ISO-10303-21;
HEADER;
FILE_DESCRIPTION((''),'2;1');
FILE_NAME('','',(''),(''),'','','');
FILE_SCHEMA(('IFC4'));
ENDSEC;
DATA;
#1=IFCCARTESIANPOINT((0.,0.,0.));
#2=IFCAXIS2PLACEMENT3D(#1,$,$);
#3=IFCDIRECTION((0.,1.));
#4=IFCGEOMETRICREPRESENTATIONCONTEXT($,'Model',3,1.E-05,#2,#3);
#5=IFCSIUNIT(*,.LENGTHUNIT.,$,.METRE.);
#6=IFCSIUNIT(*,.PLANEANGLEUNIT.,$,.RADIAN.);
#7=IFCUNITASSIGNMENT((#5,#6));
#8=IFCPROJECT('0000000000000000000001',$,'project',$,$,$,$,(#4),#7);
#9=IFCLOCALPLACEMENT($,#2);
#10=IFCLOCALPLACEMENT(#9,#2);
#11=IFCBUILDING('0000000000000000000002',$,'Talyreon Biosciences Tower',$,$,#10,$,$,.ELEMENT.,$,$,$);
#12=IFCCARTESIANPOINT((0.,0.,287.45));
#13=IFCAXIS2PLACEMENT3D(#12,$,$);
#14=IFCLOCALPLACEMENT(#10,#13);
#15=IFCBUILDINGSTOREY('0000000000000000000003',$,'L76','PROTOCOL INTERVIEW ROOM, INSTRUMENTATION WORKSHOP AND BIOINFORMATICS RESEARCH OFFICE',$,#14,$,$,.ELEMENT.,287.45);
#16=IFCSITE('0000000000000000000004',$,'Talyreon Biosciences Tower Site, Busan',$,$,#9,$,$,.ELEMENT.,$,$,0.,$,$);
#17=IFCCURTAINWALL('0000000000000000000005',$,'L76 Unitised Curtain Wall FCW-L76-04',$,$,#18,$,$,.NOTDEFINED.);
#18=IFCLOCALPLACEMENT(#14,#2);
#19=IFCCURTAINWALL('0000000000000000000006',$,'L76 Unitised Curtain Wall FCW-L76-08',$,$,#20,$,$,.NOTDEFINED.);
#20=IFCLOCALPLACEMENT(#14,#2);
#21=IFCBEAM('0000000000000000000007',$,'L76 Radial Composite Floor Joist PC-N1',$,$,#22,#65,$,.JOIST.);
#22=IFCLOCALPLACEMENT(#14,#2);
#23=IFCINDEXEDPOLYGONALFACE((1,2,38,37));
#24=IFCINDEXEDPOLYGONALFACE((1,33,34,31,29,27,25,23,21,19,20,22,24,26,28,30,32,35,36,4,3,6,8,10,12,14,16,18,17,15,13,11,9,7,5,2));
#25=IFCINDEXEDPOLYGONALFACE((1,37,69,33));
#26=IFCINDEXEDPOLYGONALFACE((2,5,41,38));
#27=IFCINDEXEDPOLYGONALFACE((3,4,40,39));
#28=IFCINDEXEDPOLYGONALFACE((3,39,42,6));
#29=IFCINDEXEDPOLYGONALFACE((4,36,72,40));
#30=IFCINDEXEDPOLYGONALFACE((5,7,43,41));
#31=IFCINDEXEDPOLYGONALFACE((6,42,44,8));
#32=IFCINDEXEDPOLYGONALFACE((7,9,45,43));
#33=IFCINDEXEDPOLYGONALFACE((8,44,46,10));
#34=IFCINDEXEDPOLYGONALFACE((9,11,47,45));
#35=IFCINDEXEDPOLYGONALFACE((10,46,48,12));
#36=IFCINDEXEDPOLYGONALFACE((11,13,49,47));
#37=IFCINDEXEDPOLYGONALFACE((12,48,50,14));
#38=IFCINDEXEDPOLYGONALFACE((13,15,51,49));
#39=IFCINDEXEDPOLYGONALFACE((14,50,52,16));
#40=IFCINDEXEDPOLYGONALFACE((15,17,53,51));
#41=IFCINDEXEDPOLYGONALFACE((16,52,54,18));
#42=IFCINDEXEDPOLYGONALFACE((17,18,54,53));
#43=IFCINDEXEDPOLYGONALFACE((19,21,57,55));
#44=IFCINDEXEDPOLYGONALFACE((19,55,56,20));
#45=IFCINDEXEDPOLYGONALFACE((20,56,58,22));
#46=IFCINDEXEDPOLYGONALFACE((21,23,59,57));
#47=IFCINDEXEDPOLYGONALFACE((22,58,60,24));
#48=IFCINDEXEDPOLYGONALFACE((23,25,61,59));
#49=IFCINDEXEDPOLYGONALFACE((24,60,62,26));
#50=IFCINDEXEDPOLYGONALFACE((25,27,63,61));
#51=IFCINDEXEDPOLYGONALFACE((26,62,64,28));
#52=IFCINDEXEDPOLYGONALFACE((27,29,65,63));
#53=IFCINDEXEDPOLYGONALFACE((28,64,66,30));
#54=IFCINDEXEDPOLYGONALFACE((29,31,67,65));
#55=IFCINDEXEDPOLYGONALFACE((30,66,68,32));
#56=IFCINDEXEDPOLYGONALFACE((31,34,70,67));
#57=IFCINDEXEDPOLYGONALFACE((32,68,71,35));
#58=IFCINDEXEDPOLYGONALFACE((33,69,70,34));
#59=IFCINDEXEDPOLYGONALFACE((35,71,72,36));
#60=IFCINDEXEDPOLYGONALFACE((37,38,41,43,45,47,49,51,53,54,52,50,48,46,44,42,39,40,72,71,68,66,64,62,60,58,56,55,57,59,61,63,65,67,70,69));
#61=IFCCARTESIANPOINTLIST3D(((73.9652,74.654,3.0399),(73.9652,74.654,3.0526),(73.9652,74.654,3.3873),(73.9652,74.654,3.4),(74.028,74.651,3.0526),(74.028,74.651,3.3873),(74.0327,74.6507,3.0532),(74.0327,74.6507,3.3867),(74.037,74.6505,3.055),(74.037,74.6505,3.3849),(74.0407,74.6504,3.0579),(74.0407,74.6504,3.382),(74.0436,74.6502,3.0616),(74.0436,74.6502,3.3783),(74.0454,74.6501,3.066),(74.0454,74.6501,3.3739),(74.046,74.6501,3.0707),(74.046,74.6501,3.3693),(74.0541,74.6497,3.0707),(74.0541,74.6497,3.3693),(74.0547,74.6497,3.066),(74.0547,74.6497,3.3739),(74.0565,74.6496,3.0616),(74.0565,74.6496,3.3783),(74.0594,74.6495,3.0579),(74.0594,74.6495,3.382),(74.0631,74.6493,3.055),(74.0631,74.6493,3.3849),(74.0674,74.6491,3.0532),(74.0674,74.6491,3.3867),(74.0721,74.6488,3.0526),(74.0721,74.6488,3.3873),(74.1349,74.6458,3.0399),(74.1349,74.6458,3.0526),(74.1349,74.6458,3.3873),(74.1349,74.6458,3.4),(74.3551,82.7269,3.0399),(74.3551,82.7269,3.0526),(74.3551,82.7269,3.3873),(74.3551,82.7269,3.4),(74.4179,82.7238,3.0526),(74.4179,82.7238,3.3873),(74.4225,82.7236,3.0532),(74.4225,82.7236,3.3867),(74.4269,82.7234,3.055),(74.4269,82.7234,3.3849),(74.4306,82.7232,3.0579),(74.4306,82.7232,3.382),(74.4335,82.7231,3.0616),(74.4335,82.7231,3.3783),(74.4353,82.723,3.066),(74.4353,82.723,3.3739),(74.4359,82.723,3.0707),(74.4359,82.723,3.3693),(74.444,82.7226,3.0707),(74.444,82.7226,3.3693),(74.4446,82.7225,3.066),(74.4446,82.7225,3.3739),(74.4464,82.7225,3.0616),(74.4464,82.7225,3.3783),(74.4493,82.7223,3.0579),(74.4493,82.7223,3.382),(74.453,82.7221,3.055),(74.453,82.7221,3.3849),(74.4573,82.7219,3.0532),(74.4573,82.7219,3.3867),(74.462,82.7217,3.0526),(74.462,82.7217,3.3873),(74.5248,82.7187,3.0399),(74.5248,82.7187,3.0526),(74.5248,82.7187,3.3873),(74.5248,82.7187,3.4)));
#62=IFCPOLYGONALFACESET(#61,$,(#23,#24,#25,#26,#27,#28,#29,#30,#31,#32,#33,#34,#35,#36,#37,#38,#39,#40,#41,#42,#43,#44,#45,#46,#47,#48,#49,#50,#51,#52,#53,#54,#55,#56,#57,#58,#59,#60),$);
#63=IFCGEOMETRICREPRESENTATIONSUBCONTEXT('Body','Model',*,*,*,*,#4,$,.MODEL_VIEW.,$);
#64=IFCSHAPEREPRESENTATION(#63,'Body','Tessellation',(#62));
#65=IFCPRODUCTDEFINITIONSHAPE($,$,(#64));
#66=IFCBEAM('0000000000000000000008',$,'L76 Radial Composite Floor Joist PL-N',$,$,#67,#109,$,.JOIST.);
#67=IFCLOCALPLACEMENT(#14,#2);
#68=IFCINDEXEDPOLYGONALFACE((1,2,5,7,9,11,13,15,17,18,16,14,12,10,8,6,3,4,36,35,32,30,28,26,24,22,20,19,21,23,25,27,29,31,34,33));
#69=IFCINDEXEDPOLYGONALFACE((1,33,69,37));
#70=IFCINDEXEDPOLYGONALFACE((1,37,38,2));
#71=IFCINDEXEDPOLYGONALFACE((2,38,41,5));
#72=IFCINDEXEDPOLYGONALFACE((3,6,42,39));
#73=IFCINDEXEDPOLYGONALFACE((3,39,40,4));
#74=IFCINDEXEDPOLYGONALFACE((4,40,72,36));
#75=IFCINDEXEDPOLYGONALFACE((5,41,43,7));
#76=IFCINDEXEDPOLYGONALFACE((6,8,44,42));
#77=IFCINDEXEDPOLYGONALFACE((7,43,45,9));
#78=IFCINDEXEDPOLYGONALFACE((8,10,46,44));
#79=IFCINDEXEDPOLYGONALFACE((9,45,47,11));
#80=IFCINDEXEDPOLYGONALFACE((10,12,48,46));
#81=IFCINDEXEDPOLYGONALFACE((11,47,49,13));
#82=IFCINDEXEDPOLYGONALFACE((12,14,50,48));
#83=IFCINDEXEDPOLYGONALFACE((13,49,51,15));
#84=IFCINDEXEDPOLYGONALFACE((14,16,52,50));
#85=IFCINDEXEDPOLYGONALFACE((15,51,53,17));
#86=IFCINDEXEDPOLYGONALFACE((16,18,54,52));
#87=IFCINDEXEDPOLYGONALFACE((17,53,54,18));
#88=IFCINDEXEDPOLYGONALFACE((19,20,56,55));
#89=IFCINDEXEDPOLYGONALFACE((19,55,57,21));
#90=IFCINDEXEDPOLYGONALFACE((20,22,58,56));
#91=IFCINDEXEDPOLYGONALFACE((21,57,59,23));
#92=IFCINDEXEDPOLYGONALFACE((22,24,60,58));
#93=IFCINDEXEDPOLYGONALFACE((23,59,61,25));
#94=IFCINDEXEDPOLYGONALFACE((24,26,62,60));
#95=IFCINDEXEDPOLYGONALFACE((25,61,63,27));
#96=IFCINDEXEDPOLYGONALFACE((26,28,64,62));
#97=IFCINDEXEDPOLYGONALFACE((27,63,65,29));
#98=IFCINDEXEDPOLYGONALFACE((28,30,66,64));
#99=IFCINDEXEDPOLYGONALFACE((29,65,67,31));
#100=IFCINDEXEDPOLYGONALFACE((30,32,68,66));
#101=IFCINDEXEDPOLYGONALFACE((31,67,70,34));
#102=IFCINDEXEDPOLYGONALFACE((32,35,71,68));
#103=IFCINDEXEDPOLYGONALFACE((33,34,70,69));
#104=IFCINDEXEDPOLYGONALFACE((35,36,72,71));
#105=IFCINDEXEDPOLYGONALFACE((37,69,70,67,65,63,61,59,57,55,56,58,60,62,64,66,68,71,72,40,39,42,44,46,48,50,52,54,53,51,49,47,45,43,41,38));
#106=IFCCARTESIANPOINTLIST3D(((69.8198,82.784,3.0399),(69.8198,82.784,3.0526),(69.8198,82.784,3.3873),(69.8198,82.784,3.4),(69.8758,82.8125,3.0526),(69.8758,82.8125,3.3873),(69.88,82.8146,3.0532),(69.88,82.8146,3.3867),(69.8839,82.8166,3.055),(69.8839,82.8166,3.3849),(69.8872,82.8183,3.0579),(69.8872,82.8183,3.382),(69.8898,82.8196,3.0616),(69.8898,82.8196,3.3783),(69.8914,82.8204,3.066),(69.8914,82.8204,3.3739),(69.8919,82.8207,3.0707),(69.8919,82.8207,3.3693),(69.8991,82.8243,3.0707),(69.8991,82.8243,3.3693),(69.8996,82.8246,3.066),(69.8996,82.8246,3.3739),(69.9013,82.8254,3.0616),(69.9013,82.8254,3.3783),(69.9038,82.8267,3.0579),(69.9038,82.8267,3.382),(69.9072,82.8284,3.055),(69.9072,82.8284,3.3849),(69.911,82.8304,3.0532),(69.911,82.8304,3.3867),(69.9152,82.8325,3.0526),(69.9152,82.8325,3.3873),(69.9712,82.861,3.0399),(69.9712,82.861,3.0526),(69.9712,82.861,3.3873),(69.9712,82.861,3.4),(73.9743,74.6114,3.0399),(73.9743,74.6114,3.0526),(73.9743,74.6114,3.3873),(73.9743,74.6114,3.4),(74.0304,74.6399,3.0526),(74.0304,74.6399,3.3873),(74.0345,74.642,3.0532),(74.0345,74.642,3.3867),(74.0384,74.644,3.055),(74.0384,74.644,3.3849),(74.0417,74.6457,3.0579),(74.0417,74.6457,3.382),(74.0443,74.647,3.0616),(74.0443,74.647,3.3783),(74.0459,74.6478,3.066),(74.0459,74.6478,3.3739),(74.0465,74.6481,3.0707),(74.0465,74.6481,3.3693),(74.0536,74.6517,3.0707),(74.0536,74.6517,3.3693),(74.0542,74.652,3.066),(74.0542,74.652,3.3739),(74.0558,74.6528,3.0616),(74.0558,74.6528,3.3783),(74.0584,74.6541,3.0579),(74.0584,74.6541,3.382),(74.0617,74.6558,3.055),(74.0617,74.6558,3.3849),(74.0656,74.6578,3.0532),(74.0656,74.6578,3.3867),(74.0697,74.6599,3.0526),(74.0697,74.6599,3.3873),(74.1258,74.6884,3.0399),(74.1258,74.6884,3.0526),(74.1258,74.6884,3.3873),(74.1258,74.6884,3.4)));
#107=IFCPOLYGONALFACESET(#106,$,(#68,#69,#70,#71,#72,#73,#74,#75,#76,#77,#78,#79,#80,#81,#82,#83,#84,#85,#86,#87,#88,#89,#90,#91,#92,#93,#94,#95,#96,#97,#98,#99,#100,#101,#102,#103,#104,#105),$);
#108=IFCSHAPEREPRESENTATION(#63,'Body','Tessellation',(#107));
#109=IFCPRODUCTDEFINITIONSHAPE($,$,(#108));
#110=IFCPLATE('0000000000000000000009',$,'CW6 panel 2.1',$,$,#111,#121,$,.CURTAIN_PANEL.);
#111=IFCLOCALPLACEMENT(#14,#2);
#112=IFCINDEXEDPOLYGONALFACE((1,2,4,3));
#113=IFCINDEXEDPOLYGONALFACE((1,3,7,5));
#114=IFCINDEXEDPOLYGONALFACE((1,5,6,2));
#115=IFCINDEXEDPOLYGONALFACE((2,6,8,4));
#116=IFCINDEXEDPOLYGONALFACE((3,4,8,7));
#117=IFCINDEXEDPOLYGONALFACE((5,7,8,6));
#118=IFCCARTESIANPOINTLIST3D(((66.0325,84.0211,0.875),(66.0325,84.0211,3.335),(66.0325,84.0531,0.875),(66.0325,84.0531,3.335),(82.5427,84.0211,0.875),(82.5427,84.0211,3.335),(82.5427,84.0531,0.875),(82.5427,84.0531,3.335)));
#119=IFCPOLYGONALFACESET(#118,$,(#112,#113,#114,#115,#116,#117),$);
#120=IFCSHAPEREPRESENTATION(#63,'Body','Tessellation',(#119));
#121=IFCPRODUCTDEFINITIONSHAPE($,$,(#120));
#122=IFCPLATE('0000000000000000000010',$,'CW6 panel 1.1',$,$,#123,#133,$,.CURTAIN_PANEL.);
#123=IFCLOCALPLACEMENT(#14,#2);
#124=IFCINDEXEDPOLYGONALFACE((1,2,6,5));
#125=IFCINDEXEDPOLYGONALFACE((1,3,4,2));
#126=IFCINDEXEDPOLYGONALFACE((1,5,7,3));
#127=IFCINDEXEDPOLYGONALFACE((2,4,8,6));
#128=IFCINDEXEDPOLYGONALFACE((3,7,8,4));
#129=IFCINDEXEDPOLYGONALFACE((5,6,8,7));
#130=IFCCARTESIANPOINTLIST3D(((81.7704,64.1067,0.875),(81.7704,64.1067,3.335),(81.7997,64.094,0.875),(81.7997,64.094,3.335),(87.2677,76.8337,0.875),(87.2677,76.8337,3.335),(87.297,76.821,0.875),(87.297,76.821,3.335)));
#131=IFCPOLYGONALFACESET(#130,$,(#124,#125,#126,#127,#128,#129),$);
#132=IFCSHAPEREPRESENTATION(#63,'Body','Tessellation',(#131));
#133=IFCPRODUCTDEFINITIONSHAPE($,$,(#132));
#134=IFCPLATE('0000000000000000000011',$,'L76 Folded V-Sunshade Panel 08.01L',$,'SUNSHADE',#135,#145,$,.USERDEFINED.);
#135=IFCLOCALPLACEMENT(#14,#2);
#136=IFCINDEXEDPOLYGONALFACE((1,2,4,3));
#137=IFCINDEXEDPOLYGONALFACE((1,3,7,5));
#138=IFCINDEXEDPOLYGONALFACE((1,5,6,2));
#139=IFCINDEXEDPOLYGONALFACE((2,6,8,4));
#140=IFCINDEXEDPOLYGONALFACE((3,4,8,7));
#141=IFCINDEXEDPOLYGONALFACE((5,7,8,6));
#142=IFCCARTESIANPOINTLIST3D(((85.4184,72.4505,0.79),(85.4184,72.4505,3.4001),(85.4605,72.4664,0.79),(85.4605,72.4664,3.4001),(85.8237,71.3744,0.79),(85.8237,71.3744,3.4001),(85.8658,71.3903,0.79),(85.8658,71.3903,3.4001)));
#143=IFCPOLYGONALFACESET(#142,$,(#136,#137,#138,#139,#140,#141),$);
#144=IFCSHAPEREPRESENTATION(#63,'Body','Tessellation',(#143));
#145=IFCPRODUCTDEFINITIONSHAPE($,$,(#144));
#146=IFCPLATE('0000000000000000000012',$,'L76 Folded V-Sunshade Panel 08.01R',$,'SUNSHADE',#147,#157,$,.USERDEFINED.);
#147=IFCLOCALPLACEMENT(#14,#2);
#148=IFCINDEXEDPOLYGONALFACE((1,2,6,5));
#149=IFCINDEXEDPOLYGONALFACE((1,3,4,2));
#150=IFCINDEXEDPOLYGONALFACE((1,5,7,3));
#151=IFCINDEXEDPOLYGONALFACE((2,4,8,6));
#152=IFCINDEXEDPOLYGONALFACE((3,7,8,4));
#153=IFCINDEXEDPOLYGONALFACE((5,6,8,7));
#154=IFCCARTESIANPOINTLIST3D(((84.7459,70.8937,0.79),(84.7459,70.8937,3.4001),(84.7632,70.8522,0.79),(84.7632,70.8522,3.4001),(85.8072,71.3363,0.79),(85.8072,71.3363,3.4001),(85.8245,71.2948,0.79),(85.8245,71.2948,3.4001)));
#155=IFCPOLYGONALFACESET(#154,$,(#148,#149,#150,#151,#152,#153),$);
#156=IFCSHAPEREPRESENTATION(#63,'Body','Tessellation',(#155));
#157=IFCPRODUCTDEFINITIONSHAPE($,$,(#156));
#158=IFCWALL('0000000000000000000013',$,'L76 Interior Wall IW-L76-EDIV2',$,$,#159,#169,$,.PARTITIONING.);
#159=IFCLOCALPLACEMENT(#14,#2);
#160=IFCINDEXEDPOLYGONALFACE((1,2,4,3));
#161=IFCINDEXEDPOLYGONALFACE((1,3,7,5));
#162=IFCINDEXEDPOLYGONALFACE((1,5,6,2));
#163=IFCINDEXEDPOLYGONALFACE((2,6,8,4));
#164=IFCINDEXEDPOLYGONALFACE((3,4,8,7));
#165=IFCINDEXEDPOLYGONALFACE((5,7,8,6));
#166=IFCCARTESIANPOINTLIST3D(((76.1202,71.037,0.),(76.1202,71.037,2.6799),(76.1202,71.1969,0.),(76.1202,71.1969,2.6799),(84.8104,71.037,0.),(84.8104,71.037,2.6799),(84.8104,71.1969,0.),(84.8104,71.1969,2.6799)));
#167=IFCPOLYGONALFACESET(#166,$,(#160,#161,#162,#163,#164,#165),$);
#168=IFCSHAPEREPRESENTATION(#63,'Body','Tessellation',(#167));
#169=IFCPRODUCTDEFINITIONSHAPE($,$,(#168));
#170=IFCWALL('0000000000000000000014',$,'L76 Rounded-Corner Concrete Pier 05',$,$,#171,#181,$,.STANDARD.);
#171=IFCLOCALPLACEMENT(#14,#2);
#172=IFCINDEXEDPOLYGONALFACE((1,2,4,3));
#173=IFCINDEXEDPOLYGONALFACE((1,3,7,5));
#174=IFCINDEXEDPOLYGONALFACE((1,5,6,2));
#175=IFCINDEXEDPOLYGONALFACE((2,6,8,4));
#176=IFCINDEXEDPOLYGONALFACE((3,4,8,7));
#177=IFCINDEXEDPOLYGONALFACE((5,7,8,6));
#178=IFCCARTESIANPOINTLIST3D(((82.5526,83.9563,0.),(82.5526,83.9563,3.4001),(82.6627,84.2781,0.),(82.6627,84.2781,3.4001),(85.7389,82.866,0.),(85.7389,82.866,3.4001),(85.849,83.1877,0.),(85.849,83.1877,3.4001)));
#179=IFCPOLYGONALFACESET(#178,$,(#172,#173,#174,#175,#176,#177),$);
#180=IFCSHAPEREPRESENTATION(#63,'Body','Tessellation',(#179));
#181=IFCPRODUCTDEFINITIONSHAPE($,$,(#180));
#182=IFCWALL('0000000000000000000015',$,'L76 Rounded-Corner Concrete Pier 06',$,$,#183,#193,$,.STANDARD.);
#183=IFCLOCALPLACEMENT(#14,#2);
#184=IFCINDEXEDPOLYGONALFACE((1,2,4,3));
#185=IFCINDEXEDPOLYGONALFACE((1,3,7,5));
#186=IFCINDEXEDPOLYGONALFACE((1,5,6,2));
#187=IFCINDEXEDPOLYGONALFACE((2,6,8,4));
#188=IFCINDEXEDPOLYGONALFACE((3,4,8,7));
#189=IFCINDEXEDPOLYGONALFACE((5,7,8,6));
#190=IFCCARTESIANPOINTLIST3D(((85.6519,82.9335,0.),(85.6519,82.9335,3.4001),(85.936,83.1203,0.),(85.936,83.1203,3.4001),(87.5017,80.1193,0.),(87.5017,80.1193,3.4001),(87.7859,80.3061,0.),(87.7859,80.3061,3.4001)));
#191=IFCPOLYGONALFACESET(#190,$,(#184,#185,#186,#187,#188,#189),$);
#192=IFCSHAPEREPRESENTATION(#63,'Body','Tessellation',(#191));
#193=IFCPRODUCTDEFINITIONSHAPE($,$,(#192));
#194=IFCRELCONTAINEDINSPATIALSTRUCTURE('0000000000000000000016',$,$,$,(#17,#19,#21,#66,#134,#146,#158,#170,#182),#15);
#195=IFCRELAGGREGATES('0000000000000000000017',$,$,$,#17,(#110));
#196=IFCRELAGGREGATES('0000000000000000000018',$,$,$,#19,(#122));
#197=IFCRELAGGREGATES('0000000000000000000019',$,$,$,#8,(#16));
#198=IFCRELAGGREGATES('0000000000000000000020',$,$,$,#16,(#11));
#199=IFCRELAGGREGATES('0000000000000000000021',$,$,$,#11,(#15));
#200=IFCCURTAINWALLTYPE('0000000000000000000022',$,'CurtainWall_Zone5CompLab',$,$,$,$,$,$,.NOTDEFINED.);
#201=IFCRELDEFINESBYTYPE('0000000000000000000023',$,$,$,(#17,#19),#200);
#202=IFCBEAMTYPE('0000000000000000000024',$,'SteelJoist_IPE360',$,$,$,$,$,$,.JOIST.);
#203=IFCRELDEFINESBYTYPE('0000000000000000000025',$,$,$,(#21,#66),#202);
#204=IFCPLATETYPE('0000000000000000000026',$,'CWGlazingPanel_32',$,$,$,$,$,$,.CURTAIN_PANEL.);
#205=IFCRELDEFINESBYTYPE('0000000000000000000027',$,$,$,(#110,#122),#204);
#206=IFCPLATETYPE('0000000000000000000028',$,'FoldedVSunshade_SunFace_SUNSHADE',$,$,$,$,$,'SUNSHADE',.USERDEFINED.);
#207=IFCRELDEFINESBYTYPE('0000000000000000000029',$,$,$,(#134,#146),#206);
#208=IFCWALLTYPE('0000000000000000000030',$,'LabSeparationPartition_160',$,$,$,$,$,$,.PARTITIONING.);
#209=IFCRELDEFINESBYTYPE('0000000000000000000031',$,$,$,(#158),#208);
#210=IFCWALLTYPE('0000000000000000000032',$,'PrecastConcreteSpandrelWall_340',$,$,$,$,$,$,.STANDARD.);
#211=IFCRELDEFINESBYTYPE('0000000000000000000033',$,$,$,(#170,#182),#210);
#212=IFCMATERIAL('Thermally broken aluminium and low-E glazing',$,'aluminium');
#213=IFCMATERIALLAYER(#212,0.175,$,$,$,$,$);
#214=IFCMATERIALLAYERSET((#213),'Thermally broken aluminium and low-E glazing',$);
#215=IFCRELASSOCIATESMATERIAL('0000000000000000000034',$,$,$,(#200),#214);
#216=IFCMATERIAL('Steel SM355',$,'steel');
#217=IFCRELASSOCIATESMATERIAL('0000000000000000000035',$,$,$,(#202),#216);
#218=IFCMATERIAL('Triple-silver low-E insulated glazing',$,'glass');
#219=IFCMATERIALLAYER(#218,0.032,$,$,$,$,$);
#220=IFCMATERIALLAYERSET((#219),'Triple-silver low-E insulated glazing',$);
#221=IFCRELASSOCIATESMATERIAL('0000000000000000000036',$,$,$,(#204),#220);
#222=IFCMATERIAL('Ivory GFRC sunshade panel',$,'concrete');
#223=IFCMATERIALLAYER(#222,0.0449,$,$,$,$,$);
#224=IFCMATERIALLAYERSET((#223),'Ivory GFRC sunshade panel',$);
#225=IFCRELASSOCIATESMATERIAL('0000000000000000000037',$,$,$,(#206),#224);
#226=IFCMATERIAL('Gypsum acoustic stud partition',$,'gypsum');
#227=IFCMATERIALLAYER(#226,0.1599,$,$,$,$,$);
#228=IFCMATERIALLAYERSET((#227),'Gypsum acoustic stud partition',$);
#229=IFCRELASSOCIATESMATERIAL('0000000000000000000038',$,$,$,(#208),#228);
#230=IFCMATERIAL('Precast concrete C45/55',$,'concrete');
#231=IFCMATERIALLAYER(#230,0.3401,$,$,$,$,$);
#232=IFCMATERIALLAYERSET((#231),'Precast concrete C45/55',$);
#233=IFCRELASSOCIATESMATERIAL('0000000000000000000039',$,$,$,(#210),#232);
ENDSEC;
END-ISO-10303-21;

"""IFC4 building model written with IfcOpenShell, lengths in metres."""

from ifc_helpers import new_model, si_unit, direction, frame, frame_2d, origin, origin_2d, place, context, subcontext, project, spatial, rectangle, i_section, extrude, material, layer, layer_set, material_profile, profile_set, type_object, element, aggregate, save


model = new_model("IFC4")

# Units and contexts
model_context = context("Model", 3, precision=1e-05, world=origin(), true_north=direction((0.0, 1.0)))
body_context = subcontext(model_context, "Body", "Model", "MODEL_VIEW")
ifc_project = project(units=[si_unit("LENGTHUNIT", "METRE"), si_unit("PLANEANGLEUNIT", "RADIAN")], contexts=[model_context])

# Site, building, storey
site_placement = place(None, origin())
site = spatial("IfcSite", under=ifc_project, at=site_placement, Name="Talyreon Biosciences Tower Site, Busan", CompositionType="ELEMENT", RefElevation=0.0)
building_placement = place(site_placement, origin())
building = spatial("IfcBuilding", under=site, at=building_placement, Name="Talyreon Biosciences Tower", CompositionType="ELEMENT")
storey_placement = place(building_placement, frame((0.0, 0.0, 287.45)))
storey = spatial("IfcBuildingStorey", under=building, at=storey_placement, Name="L76", Description="PROTOCOL INTERVIEW ROOM, INSTRUMENTATION WORKSHOP AND BIOINFORMATICS RESEARCH OFFICE", CompositionType="ELEMENT", Elevation=287.45)

# Curtain wall
ifc_material_1 = material(Name="Thermally broken aluminium and low-E glazing", Category="aluminium")
ifc_layer_1 = layer(ifc_material_1, 0.175)
ifc_layer_set_1 = layer_set([ifc_layer_1], Name="Thermally broken aluminium and low-E glazing")
curtain_wall_type = type_object("IfcCurtainWallType", Name="CurtainWall_Zone5CompLab", PredefinedType="NOTDEFINED", material=ifc_layer_set_1)
curtain_wall_1_placement = place(storey_placement, origin())
curtain_wall_1 = element("IfcCurtainWall", 1, at=curtain_wall_1_placement, inside=storey, type_object=curtain_wall_type, Name="L76 Unitised Curtain Wall FCW-L76-04", PredefinedType="NOTDEFINED")

# Curtain wall
curtain_wall_2_placement = place(storey_placement, origin())
curtain_wall_2 = element("IfcCurtainWall", 2, at=curtain_wall_2_placement, inside=storey, type_object=curtain_wall_type, Name="L76 Unitised Curtain Wall FCW-L76-08", PredefinedType="NOTDEFINED")

# Beams
ifc_material_2 = material(Name="Precast concrete C45/55", Category="concrete")
ifc_material_3 = material(Name="Steel SM355", Category="steel")
ifc_material_profile_1 = material_profile(ifc_material_3, i_section(OverallWidth=0.1699, OverallDepth=0.3601, WebThickness=0.0081, FlangeThickness=0.0127, FilletRadius=0.0181, at=origin_2d()), Name="IPE360")
ifc_profile_set_1 = profile_set([ifc_material_profile_1], Name="Steel SM355")
beam_type_1 = type_object("IfcBeamType", Name="SteelJoist_IPE360", PredefinedType="JOIST", material=ifc_profile_set_1)
beam_1_placement = place(storey_placement, frame((74.05, 74.6499, 3.22), z_axis=(0.048241, 0.998836, 0.0), x_axis=(-0.998836, 0.048241, 0.0)))
element("IfcBeam", 3, at=beam_1_placement, inside=storey, type_object=beam_type_1, Name="L76 Radial Composite Floor Joist PC-N1", PredefinedType="JOIST", context=body_context, shape_type="SweptSolid", body=[
    extrude(i_section(OverallWidth=0.1699, OverallDepth=0.3601, WebThickness=0.0081, FlangeThickness=0.0127, FilletRadius=0.0181, at=origin_2d()), origin(), (0.0, 0.0, 1.0), 8.0823),
])
beam_2_placement = place(storey_placement, frame((74.05, 74.6499, 3.22), z_axis=(-0.453158, 0.89143, 0.0), x_axis=(-0.89143, -0.453158, 0.0)))
element("IfcBeam", 4, at=beam_2_placement, inside=storey, type_object=beam_type_1, Name="L76 Radial Composite Floor Joist PL-N", PredefinedType="JOIST", context=body_context, shape_type="SweptSolid", body=[
    extrude(i_section(OverallWidth=0.1699, OverallDepth=0.3601, WebThickness=0.0081, FlangeThickness=0.0127, FilletRadius=0.0181, at=origin_2d()), origin(), (0.0, 0.0, 1.0), 9.168),
])

# Plates
ifc_material_4 = material(Name="Triple-silver low-E insulated glazing", Category="glass")
ifc_layer_2 = layer(ifc_material_4, 0.032)
ifc_layer_set_2 = layer_set([ifc_layer_2], Name="Triple-silver low-E insulated glazing")
plate_type_1 = type_object("IfcPlateType", Name="CWGlazingPanel_32", PredefinedType="CURTAIN_PANEL", material=ifc_layer_set_2)
plate_1_placement = place(storey_placement, frame((74.2876, 84.0371, 0.875), z_axis=(0.0, 0.0, 1.0), x_axis=(1.0, 0.0, 0.0)))
plate_1 = element("IfcPlate", 5, at=plate_1_placement, type_object=plate_type_1, Name="CW6 panel 2.1", PredefinedType="CURTAIN_PANEL", context=body_context, shape_type="SweptSolid", body=[
    extrude(rectangle(XDim=16.5103, YDim=0.032, at=origin_2d()), origin(), (0.0, 0.0, 1.0), 2.46),
])
aggregate(curtain_wall_1, [plate_1])
plate_2_placement = place(storey_placement, frame((84.5337, 70.4639, 0.875), z_axis=(0.0, 0.0, 1.0), x_axis=(-0.396528, -0.918022, 0.0)))
plate_2 = element("IfcPlate", 6, at=plate_2_placement, type_object=plate_type_1, Name="CW6 panel 1.1", PredefinedType="CURTAIN_PANEL", context=body_context, shape_type="SweptSolid", body=[
    extrude(rectangle(XDim=13.8635, YDim=0.032, at=origin_2d()), origin(), (0.0, 0.0, 1.0), 2.46),
])
aggregate(curtain_wall_2, [plate_2])

# Plates
ifc_material_5 = material(Name="Ivory GFRC sunshade panel", Category="concrete")
ifc_layer_3 = layer(ifc_material_5, 0.0449)
ifc_layer_set_3 = layer_set([ifc_layer_3], Name="Ivory GFRC sunshade panel")
plate_type_2 = type_object("IfcPlateType", Name="FoldedVSunshade_SunFace_SUNSHADE", ElementType="SUNSHADE", PredefinedType="USERDEFINED", material=ifc_layer_set_3)
for number, where, z_axis, x_axis, name in (
    (7, (85.6421, 71.9204, 0.79), (0.0, 0.0, 1.0), (0.352479, -0.93582, 0.0), "L76 Folded V-Sunshade Panel 08.01L"),
    (8, (85.2852, 71.0942, 0.79), (0.0, 0.0, 1.0), (-0.922948, -0.384924, 0.0), "L76 Folded V-Sunshade Panel 08.01R"),
):
    element("IfcPlate", number, at=place(storey_placement, frame(where, z_axis=z_axis, x_axis=x_axis)), inside=storey, type_object=plate_type_2, Name=name, ObjectType="SUNSHADE", PredefinedType="USERDEFINED", context=body_context, shape_type="SweptSolid", body=[
        extrude(rectangle(XDim=1.1499, YDim=0.0449, at=origin_2d()), origin(), (0.0, 0.0, 1.0), 2.6101),
    ])

# Walls
ifc_material_6 = material(Name="Gypsum acoustic stud partition", Category="gypsum")
ifc_layer_4 = layer(ifc_material_6, 0.1599)
ifc_layer_set_4 = layer_set([ifc_layer_4], Name="Gypsum acoustic stud partition")
wall_type_1 = type_object("IfcWallType", Name="LabSeparationPartition_160", PredefinedType="PARTITIONING", material=ifc_layer_set_4)
wall_1_placement = place(storey_placement, frame((76.1201, 71.1169, 0.0), z_axis=(0.0, 0.0, 1.0), x_axis=(1.0, 0.0, 0.0)))
element("IfcWall", 9, at=wall_1_placement, inside=storey, type_object=wall_type_1, Name="L76 Interior Wall IW-L76-EDIV2", PredefinedType="PARTITIONING", context=body_context, shape_type="SweptSolid", body=[
    extrude(rectangle(XDim=8.6902, YDim=0.1599, at=frame_2d((4.3452, 0.0))), origin(), (0.0, 0.0, 1.0), 2.6799),
])
ifc_layer_5 = layer(ifc_material_2, 0.3401)
ifc_layer_set_5 = layer_set([ifc_layer_5], Name="Precast concrete C45/55")
wall_type_2 = type_object("IfcWallType", Name="PrecastConcreteSpandrelWall_340", PredefinedType="STANDARD", material=ifc_layer_set_5)
for number, where, z_axis, x_axis, name in (
    (10, (82.6077, 84.1172, 0.0), (0.0, 0.0, 1.0), (0.946138, -0.323765, 0.0), "L76 Rounded-Corner Concrete Pier 05"),
    (11, (85.7939, 83.0269, 0.0), (0.0, 0.0, 1.0), (0.549285, -0.835635, 0.0), "L76 Rounded-Corner Concrete Pier 06"),
):
    element("IfcWall", number, at=place(storey_placement, frame(where, z_axis=z_axis, x_axis=x_axis)), inside=storey, type_object=wall_type_2, Name=name, PredefinedType="STANDARD", context=body_context, shape_type="SweptSolid", body=[
        extrude(rectangle(XDim=3.3677, YDim=0.3401, at=frame_2d((1.6838, 0.0))), origin(), (0.0, 0.0, 1.0), 3.4001),
    ])

save(model, "model.ifc")
